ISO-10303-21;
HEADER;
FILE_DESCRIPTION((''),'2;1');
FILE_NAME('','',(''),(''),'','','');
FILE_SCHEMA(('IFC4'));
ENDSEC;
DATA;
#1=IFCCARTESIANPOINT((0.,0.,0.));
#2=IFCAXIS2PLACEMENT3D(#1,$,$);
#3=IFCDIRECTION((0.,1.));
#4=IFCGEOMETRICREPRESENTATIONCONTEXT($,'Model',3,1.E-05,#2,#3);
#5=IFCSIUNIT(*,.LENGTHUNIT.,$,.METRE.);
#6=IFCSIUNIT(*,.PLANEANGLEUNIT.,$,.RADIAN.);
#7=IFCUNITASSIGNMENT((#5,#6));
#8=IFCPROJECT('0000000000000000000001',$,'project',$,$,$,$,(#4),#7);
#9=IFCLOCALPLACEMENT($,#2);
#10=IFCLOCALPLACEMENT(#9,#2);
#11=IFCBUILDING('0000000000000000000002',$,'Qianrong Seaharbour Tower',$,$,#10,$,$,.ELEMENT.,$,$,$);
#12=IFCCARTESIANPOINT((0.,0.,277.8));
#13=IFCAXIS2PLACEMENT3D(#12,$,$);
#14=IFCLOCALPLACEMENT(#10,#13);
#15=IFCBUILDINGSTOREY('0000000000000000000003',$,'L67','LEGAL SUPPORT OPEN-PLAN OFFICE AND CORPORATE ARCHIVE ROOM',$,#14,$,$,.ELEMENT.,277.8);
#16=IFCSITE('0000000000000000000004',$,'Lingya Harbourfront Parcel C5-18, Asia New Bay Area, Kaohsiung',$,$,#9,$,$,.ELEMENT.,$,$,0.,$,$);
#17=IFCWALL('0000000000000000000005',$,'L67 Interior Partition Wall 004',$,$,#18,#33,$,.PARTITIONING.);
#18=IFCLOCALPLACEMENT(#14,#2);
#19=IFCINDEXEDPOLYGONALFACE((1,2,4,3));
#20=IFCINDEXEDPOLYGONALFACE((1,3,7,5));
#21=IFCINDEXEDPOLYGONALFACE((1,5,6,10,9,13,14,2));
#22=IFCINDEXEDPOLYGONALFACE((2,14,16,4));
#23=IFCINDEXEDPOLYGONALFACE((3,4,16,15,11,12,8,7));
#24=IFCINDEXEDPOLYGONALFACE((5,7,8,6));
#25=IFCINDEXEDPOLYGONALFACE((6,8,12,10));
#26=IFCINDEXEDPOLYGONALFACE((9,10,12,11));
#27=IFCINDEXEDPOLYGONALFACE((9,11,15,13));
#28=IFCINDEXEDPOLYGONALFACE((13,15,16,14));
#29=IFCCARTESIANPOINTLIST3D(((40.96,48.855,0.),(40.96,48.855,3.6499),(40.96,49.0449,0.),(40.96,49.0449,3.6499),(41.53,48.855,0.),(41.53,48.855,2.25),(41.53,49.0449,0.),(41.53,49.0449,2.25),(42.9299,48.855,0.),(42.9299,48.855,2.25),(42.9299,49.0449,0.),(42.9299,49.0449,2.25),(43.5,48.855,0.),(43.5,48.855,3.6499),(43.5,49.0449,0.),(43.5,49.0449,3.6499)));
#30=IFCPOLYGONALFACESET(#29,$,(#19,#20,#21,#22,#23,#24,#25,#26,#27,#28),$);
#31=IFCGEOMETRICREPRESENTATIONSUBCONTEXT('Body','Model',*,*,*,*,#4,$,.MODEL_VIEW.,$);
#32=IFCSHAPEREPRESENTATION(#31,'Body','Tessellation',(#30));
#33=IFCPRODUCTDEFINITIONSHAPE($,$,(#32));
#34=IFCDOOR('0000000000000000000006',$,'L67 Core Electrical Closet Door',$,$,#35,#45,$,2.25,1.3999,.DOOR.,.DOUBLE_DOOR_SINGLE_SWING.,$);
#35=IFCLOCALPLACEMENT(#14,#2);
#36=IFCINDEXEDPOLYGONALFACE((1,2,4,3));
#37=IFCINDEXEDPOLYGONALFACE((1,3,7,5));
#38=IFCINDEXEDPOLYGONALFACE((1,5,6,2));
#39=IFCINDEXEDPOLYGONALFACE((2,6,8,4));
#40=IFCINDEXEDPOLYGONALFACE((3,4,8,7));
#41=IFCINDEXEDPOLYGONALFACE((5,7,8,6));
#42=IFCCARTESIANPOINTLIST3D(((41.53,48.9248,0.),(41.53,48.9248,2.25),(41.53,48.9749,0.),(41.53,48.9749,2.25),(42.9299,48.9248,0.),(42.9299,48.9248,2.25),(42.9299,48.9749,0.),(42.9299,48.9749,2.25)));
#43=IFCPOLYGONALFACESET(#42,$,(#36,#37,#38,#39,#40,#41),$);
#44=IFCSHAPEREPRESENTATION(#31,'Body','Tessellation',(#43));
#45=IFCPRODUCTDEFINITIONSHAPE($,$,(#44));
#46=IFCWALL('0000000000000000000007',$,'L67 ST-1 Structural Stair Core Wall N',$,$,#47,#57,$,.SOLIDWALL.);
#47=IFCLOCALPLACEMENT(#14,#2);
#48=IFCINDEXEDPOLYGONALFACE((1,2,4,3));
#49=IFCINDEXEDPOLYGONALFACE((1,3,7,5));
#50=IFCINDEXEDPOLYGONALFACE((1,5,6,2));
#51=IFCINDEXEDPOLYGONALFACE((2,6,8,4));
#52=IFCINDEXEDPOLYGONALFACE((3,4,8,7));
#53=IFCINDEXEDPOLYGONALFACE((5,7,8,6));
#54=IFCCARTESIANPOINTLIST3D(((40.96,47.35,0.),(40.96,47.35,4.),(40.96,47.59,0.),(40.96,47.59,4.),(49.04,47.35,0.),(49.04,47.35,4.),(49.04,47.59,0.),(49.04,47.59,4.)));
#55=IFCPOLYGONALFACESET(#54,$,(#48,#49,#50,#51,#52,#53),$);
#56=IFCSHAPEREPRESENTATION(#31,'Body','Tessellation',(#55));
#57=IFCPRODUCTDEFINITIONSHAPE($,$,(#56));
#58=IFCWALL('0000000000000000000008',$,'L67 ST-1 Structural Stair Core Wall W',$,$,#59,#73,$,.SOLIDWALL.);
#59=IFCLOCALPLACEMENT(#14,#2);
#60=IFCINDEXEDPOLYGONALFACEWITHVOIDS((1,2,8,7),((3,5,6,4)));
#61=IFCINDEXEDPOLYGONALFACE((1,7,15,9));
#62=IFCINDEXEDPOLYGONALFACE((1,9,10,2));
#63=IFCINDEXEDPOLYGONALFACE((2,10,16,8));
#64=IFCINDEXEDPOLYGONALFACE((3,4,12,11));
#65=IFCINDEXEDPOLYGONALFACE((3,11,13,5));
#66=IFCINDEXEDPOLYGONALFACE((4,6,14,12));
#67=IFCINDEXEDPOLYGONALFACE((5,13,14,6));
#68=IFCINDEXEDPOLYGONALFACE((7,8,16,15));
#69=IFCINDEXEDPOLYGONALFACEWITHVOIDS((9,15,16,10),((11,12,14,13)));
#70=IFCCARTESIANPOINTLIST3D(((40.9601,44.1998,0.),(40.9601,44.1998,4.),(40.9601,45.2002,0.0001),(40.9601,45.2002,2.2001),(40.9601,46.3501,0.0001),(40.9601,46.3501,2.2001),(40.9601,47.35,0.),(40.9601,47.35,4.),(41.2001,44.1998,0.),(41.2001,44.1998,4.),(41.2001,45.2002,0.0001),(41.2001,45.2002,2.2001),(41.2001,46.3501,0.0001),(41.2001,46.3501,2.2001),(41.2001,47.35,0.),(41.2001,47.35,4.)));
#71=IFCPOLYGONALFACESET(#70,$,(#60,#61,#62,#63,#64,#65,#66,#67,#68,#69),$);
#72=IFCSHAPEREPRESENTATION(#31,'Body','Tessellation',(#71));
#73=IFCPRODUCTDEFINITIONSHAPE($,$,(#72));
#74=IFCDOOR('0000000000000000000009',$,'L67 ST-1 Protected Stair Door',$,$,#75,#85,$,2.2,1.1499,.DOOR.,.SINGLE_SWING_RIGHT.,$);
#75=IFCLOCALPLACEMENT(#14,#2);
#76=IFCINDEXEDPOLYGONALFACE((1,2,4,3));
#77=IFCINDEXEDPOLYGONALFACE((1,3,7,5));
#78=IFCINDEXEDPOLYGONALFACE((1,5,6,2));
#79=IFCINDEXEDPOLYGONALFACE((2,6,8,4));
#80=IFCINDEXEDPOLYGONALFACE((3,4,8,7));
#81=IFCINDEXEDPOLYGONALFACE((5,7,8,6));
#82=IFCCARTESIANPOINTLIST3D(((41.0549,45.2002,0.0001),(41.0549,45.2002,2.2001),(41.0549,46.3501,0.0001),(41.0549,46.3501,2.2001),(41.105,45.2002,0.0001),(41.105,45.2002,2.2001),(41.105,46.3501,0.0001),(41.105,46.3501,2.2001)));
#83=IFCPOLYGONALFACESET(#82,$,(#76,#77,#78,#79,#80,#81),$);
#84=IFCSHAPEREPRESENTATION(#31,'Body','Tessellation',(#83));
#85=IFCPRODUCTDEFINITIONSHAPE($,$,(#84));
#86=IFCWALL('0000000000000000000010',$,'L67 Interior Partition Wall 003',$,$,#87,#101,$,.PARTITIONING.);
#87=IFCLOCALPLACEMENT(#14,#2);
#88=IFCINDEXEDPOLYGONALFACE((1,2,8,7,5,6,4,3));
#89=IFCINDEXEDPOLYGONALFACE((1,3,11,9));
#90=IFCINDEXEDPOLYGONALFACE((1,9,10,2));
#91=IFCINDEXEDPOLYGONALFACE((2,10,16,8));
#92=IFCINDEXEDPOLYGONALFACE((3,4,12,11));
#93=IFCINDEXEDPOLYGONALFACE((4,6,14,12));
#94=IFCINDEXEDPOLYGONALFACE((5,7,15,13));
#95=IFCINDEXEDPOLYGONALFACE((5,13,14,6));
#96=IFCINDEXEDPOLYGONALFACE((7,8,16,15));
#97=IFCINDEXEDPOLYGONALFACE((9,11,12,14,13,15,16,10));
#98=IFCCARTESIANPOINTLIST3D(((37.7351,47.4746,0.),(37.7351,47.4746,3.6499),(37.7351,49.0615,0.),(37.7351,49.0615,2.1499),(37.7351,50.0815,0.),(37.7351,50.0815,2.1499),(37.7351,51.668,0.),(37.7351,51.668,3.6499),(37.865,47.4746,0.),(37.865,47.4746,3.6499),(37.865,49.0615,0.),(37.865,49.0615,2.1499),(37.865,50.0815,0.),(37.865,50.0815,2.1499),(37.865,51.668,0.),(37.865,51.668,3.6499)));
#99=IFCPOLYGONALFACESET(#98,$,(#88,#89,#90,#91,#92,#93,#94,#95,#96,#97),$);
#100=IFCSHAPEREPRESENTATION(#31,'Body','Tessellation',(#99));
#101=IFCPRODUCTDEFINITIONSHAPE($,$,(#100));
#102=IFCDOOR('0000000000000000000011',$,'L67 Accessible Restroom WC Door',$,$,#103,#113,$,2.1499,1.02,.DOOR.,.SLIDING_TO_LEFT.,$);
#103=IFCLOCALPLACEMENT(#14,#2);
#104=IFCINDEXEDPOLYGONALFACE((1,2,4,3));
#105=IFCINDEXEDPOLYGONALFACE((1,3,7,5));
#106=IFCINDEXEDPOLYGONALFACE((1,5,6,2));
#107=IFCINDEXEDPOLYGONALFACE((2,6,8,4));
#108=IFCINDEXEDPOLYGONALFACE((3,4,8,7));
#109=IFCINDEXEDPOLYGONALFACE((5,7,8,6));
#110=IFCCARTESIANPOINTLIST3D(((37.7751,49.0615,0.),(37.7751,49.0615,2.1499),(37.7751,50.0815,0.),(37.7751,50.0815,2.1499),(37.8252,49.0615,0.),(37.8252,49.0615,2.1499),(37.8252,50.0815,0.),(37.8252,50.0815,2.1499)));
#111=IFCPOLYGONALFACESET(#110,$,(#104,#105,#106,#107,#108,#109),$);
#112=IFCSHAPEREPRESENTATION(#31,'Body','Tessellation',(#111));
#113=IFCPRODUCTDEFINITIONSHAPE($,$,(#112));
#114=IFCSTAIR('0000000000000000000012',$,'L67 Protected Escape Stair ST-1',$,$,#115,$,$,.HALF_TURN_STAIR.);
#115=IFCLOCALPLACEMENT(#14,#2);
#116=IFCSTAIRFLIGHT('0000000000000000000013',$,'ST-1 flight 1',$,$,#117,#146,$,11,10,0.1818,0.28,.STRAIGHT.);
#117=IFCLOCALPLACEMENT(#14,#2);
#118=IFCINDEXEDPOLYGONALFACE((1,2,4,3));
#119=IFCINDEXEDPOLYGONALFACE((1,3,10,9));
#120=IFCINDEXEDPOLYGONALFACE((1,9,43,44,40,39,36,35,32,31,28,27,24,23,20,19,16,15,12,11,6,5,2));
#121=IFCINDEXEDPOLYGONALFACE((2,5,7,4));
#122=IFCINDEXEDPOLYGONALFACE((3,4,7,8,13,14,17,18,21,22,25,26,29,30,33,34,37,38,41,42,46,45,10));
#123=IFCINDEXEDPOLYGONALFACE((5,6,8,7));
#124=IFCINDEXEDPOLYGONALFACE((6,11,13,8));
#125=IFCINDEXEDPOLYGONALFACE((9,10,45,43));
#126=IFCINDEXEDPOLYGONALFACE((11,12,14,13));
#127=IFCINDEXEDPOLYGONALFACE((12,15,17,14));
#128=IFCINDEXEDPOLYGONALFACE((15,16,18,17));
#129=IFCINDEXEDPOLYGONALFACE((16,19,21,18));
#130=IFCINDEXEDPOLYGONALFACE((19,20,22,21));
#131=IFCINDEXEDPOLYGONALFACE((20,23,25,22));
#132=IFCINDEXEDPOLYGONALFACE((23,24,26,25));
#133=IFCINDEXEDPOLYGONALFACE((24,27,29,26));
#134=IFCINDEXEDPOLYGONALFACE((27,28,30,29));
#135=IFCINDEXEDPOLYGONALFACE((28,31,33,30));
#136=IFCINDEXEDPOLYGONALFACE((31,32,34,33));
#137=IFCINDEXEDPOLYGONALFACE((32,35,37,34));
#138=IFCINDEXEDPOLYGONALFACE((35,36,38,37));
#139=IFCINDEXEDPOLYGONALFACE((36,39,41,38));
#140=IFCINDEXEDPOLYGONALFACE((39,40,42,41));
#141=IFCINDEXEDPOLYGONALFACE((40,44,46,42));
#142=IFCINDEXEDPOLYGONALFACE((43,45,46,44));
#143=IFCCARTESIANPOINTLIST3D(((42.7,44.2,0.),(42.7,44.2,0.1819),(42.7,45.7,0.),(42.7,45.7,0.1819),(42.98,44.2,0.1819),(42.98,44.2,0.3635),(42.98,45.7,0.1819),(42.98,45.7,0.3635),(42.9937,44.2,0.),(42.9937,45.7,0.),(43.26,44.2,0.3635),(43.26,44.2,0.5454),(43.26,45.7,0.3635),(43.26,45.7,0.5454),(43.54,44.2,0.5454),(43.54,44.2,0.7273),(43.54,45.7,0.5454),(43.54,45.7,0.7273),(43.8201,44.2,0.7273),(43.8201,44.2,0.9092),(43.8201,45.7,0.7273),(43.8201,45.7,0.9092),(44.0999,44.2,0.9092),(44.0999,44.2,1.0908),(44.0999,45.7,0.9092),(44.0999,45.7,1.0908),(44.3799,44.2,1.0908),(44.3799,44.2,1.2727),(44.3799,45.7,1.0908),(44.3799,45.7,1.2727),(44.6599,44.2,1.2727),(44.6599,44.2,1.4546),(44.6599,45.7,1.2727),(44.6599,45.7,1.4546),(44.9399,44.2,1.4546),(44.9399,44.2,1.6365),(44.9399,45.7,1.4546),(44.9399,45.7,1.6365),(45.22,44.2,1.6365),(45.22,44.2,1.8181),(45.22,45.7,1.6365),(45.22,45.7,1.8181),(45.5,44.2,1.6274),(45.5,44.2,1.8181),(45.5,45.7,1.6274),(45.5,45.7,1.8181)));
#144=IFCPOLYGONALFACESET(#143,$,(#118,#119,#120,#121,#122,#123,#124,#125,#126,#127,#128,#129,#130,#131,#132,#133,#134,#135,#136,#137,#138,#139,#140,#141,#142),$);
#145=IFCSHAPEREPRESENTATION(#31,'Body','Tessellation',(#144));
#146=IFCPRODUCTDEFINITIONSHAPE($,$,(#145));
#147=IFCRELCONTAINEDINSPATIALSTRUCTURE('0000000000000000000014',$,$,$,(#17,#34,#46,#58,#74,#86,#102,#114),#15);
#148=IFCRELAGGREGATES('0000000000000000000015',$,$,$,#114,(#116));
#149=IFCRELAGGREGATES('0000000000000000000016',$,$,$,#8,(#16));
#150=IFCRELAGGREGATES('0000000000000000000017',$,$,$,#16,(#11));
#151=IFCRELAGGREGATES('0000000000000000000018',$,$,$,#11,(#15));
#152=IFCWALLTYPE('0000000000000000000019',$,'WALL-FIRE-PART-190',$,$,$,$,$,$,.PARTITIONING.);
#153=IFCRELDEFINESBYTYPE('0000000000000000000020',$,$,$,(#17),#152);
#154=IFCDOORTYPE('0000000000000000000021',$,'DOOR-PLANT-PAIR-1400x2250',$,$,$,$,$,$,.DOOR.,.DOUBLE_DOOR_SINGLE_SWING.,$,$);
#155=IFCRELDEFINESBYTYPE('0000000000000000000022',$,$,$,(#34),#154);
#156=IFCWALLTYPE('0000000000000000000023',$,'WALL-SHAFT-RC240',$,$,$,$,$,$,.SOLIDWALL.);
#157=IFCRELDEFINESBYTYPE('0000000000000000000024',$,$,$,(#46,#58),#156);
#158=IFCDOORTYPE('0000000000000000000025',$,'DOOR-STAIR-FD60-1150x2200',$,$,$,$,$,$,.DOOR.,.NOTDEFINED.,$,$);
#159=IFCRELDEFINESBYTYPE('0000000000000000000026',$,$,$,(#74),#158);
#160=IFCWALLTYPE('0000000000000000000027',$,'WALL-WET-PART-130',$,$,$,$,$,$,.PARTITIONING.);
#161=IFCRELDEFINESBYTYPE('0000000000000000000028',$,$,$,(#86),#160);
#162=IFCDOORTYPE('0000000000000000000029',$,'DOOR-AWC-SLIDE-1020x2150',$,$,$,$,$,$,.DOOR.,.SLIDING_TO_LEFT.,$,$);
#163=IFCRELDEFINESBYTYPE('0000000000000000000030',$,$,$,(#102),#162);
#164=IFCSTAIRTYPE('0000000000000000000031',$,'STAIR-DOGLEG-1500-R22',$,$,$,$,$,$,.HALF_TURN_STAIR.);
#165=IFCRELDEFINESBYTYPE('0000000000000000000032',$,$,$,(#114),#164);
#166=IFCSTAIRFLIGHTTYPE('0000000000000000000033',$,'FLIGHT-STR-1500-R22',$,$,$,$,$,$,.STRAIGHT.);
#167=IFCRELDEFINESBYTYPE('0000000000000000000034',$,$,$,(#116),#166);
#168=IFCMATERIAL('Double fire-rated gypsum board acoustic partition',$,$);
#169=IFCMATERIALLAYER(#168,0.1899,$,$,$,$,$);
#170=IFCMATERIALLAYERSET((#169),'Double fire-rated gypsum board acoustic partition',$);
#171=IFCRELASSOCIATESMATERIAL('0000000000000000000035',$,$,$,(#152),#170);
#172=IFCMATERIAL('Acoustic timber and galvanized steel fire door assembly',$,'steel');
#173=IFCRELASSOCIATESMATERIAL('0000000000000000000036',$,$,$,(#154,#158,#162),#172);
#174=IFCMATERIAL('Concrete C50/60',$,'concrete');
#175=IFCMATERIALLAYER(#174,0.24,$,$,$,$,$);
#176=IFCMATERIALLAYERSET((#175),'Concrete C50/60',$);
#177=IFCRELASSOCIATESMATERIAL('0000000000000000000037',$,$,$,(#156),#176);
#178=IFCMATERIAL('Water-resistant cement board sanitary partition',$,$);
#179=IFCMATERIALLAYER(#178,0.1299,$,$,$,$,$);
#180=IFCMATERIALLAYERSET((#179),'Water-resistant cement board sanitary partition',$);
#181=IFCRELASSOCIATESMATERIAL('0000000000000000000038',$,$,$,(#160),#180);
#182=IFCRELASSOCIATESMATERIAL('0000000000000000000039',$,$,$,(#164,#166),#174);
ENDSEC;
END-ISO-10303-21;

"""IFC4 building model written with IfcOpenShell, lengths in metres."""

from ifc_helpers import new_model, si_unit, direction, frame, frame_2d, origin, place, context, subcontext, project, spatial, polyline, rectangle, outline, extrude, material, layer, layer_set, type_object, element, fill, aggregate, save


model = new_model("IFC4")

# Units and contexts
model_context = context("Model", 3, precision=1e-05, world=origin(), true_north=direction((0.0, 1.0)))
body_context = subcontext(model_context, "Body", "Model", "MODEL_VIEW")
ifc_project = project(units=[si_unit("LENGTHUNIT", "METRE"), si_unit("PLANEANGLEUNIT", "RADIAN")], contexts=[model_context])

# Site, building, storey
site_placement = place(None, origin())
site = spatial("IfcSite", under=ifc_project, at=site_placement, Name="Lingya Harbourfront Parcel C5-18, Asia New Bay Area, Kaohsiung", CompositionType="ELEMENT", RefElevation=0.0)
building_placement = place(site_placement, origin())
building = spatial("IfcBuilding", under=site, at=building_placement, Name="Qianrong Seaharbour Tower", CompositionType="ELEMENT")
storey_placement = place(building_placement, frame((0.0, 0.0, 277.8)))
storey = spatial("IfcBuildingStorey", under=building, at=storey_placement, Name="L67", Description="LEGAL SUPPORT OPEN-PLAN OFFICE AND CORPORATE ARCHIVE ROOM", CompositionType="ELEMENT", Elevation=277.8)

# Shared definitions
ifc_material_1 = material(Name="Acoustic timber and galvanized steel fire door assembly", Category="steel")

# Wall, opening, door
ifc_material_2 = material(Name="Double fire-rated gypsum board acoustic partition")
ifc_layer_1 = layer(ifc_material_2, 0.1899)
ifc_layer_set_1 = layer_set([ifc_layer_1], Name="Double fire-rated gypsum board acoustic partition")
wall_type_1 = type_object("IfcWallType", Name="WALL-FIRE-PART-190", PredefinedType="PARTITIONING", material=ifc_layer_set_1)
wall_1_placement = place(storey_placement, frame((40.96, 48.95, 0.0), z_axis=(0.0, 0.0, 1.0), x_axis=(1.0, 0.0, 0.0)))
wall_1 = element("IfcWall", 1, at=wall_1_placement, inside=storey, type_object=wall_type_1, Name="L67 Interior Partition Wall 004", PredefinedType="PARTITIONING", context=body_context, shape_type="SweptSolid", body=[
    extrude(rectangle(XDim=2.54, YDim=0.1899, at=frame_2d((1.27, 0.0))), origin(), (0.0, 0.0, 1.0), 3.6499),
])
opening_1_placement = place(wall_1_placement, frame((0.5701, 0.0, 0.0)))
opening_1 = element("IfcOpeningElement", 2, at=opening_1_placement, cuts=wall_1, PredefinedType="OPENING", context=body_context, shape_type="SweptSolid", body=[
    extrude(rectangle(XDim=1.3999, YDim=2.25, at=frame_2d((0.7, 1.125))), frame((0.0, 0.105, 0.0), z_axis=(0.0, -1.0, 0.0), x_axis=(1.0, 0.0, 0.0)), (0.0, 0.0, 1.0), 0.21),
])
door_type_1 = type_object("IfcDoorType", Name="DOOR-PLANT-PAIR-1400x2250", OperationType="DOUBLE_DOOR_SINGLE_SWING", PredefinedType="DOOR", material=ifc_material_1)
door_1_placement = place(opening_1_placement, origin())
door_1 = element("IfcDoor", 3, at=door_1_placement, inside=storey, type_object=door_type_1, Name="L67 Core Electrical Closet Door", OperationType="DOUBLE_DOOR_SINGLE_SWING", OverallHeight=2.25, OverallWidth=1.3999, PredefinedType="DOOR", context=body_context, shape_type="SweptSolid", body=[
    extrude(rectangle(XDim=1.3999, YDim=2.25, at=frame_2d((0.7, 1.125))), frame((0.0, 0.0249, 0.0), z_axis=(0.0, -1.0, 0.0), x_axis=(1.0, 0.0, 0.0)), (0.0, 0.0, 1.0), 0.05),
])
fill(opening_1, door_1)

# Wall
ifc_material_3 = material(Name="Concrete C50/60", Category="concrete")
ifc_layer_2 = layer(ifc_material_3, 0.24)
ifc_layer_set_2 = layer_set([ifc_layer_2], Name="Concrete C50/60")
wall_type_2 = type_object("IfcWallType", Name="WALL-SHAFT-RC240", PredefinedType="SOLIDWALL", material=ifc_layer_set_2)
wall_2_placement = place(storey_placement, frame((40.96, 47.47, 0.0), z_axis=(0.0, 0.0, 1.0), x_axis=(1.0, 0.0, 0.0)))
element("IfcWall", 4, at=wall_2_placement, inside=storey, type_object=wall_type_2, Name="L67 ST-1 Structural Stair Core Wall N", PredefinedType="SOLIDWALL", context=body_context, shape_type="SweptSolid", body=[
    extrude(rectangle(XDim=8.0801, YDim=0.24, at=frame_2d((4.04, 0.0))), origin(), (0.0, 0.0, 1.0), 4.0),
])

# Walls, openings, doors
wall_3_placement = place(storey_placement, frame((41.0801, 47.3501, 0.0), z_axis=(0.0, 0.0, 1.0), x_axis=(0.0, -1.0, 0.0)))
wall_3 = element("IfcWall", 5, at=wall_3_placement, inside=storey, type_object=wall_type_2, Name="L67 ST-1 Structural Stair Core Wall W", PredefinedType="SOLIDWALL", context=body_context, shape_type="SweptSolid", body=[
    extrude(rectangle(XDim=3.1501, YDim=0.24, at=frame_2d((1.5752, 0.0))), origin(), (0.0, 0.0, 1.0), 4.0),
])
opening_2_placement = place(wall_3_placement, frame((1.0, 0.0, 0.0)))
opening_2 = element("IfcOpeningElement", 6, at=opening_2_placement, cuts=wall_3, PredefinedType="OPENING", context=body_context, shape_type="SweptSolid", body=[
    extrude(rectangle(XDim=1.1499, YDim=2.2, at=frame_2d((0.575, 1.1001))), frame((0.0, 0.1299, 0.0), z_axis=(0.0, -1.0, 0.0), x_axis=(1.0, 0.0, 0.0)), (0.0, 0.0, 1.0), 0.26),
])
door_type_2 = type_object("IfcDoorType", Name="DOOR-STAIR-FD60-1150x2200", OperationType="NOTDEFINED", PredefinedType="DOOR", material=ifc_material_1)
door_2_placement = place(opening_2_placement, origin())
door_2 = element("IfcDoor", 7, at=door_2_placement, inside=storey, type_object=door_type_2, Name="L67 ST-1 Protected Stair Door", OperationType="SINGLE_SWING_RIGHT", OverallHeight=2.2, OverallWidth=1.1499, PredefinedType="DOOR", context=body_context, shape_type="SweptSolid", body=[
    extrude(rectangle(XDim=1.1499, YDim=2.2, at=frame_2d((0.575, 1.1001))), frame((0.0, 0.0249, 0.0), z_axis=(0.0, -1.0, 0.0), x_axis=(1.0, 0.0, 0.0)), (0.0, 0.0, 1.0), 0.05),
])
fill(opening_2, door_2)
ifc_material_4 = material(Name="Water-resistant cement board sanitary partition")
ifc_layer_3 = layer(ifc_material_4, 0.1299)
ifc_layer_set_3 = layer_set([ifc_layer_3], Name="Water-resistant cement board sanitary partition")
wall_type_3 = type_object("IfcWallType", Name="WALL-WET-PART-130", PredefinedType="PARTITIONING", material=ifc_layer_set_3)
wall_4_placement = place(storey_placement, frame((37.8, 47.4746, 0.0), z_axis=(0.0, 0.0, 1.0), x_axis=(0.0, 1.0, 0.0)))
wall_4 = element("IfcWall", 8, at=wall_4_placement, inside=storey, type_object=wall_type_3, Name="L67 Interior Partition Wall 003", PredefinedType="PARTITIONING", context=body_context, shape_type="SweptSolid", body=[
    extrude(rectangle(XDim=4.1934, YDim=0.1299, at=frame_2d((2.0967, 0.0))), origin(), (0.0, 0.0, 1.0), 3.6499),
])
opening_3_placement = place(wall_4_placement, frame((1.5869, 0.0, 0.0)))
opening_3 = element("IfcOpeningElement", 9, at=opening_3_placement, cuts=wall_4, PredefinedType="OPENING", context=body_context, shape_type="SweptSolid", body=[
    extrude(rectangle(XDim=1.02, YDim=2.1499, at=frame_2d((0.51, 1.075))), frame((0.0, 0.075, 0.0), z_axis=(0.0, -1.0, 0.0), x_axis=(1.0, 0.0, 0.0)), (0.0, 0.0, 1.0), 0.1499),
])
door_type_3 = type_object("IfcDoorType", Name="DOOR-AWC-SLIDE-1020x2150", OperationType="SLIDING_TO_LEFT", PredefinedType="DOOR", material=ifc_material_1)
door_3_placement = place(opening_3_placement, origin())
door_3 = element("IfcDoor", 10, at=door_3_placement, inside=storey, type_object=door_type_3, Name="L67 Accessible Restroom WC Door", OperationType="SLIDING_TO_LEFT", OverallHeight=2.1499, OverallWidth=1.02, PredefinedType="DOOR", context=body_context, shape_type="SweptSolid", body=[
    extrude(rectangle(XDim=1.02, YDim=2.1499, at=frame_2d((0.51, 1.075))), frame((0.0, 0.0249, 0.0), z_axis=(0.0, -1.0, 0.0), x_axis=(1.0, 0.0, 0.0)), (0.0, 0.0, 1.0), 0.05),
])
fill(opening_3, door_3)

# Stair, stair flight
stair_type = type_object("IfcStairType", Name="STAIR-DOGLEG-1500-R22", PredefinedType="HALF_TURN_STAIR", material=ifc_material_3)
stair_placement = place(storey_placement, origin())
stair = element("IfcStair", 11, at=stair_placement, inside=storey, type_object=stair_type, Name="L67 Protected Escape Stair ST-1", PredefinedType="HALF_TURN_STAIR")
stair_flight_type = type_object("IfcStairFlightType", Name="FLIGHT-STR-1500-R22", PredefinedType="STRAIGHT", material=ifc_material_3)
stair_flight_placement = place(storey_placement, frame((42.7, 44.95, 0.0), z_axis=(0.0, 0.0, 1.0), x_axis=(1.0, 0.0, 0.0)))
stair_flight = element("IfcStairFlight", 12, at=stair_flight_placement, type_object=stair_flight_type, Name="ST-1 flight 1", NumberOfRisers=11, NumberOfTreads=10, PredefinedType="STRAIGHT", RiserHeight=0.1818, TreadLength=0.28, context=body_context, shape_type="SweptSolid", body=[
    extrude(outline(polyline([(0.0, 0.0), (0.0, 0.1819), (0.28, 0.1819), (0.28, 0.3635), (0.5601, 0.3635), (0.5601, 0.5454), (0.8401, 0.5454), (0.8401, 0.7273), (1.1201, 0.7273), (1.1201, 0.9092), (1.3999, 0.9092), (1.3999, 1.0908), (1.6799, 1.0908), (1.6799, 1.2727), (1.96, 1.2727), (1.96, 1.4546), (2.24, 1.4546), (2.24, 1.6365), (2.52, 1.6365), (2.52, 1.8181), (2.8, 1.8181), (2.8, 2.0), (2.8, 1.6274), (0.2937, 0.0), (0.0, 0.0)])), frame((0.0, 0.75, 0.0), z_axis=(0.0, -1.0, 0.0), x_axis=(1.0, 0.0, 0.0)), (0.0, 0.0, 1.0), 1.5),
])
aggregate(stair, [stair_flight])

save(model, "model.ifc")
